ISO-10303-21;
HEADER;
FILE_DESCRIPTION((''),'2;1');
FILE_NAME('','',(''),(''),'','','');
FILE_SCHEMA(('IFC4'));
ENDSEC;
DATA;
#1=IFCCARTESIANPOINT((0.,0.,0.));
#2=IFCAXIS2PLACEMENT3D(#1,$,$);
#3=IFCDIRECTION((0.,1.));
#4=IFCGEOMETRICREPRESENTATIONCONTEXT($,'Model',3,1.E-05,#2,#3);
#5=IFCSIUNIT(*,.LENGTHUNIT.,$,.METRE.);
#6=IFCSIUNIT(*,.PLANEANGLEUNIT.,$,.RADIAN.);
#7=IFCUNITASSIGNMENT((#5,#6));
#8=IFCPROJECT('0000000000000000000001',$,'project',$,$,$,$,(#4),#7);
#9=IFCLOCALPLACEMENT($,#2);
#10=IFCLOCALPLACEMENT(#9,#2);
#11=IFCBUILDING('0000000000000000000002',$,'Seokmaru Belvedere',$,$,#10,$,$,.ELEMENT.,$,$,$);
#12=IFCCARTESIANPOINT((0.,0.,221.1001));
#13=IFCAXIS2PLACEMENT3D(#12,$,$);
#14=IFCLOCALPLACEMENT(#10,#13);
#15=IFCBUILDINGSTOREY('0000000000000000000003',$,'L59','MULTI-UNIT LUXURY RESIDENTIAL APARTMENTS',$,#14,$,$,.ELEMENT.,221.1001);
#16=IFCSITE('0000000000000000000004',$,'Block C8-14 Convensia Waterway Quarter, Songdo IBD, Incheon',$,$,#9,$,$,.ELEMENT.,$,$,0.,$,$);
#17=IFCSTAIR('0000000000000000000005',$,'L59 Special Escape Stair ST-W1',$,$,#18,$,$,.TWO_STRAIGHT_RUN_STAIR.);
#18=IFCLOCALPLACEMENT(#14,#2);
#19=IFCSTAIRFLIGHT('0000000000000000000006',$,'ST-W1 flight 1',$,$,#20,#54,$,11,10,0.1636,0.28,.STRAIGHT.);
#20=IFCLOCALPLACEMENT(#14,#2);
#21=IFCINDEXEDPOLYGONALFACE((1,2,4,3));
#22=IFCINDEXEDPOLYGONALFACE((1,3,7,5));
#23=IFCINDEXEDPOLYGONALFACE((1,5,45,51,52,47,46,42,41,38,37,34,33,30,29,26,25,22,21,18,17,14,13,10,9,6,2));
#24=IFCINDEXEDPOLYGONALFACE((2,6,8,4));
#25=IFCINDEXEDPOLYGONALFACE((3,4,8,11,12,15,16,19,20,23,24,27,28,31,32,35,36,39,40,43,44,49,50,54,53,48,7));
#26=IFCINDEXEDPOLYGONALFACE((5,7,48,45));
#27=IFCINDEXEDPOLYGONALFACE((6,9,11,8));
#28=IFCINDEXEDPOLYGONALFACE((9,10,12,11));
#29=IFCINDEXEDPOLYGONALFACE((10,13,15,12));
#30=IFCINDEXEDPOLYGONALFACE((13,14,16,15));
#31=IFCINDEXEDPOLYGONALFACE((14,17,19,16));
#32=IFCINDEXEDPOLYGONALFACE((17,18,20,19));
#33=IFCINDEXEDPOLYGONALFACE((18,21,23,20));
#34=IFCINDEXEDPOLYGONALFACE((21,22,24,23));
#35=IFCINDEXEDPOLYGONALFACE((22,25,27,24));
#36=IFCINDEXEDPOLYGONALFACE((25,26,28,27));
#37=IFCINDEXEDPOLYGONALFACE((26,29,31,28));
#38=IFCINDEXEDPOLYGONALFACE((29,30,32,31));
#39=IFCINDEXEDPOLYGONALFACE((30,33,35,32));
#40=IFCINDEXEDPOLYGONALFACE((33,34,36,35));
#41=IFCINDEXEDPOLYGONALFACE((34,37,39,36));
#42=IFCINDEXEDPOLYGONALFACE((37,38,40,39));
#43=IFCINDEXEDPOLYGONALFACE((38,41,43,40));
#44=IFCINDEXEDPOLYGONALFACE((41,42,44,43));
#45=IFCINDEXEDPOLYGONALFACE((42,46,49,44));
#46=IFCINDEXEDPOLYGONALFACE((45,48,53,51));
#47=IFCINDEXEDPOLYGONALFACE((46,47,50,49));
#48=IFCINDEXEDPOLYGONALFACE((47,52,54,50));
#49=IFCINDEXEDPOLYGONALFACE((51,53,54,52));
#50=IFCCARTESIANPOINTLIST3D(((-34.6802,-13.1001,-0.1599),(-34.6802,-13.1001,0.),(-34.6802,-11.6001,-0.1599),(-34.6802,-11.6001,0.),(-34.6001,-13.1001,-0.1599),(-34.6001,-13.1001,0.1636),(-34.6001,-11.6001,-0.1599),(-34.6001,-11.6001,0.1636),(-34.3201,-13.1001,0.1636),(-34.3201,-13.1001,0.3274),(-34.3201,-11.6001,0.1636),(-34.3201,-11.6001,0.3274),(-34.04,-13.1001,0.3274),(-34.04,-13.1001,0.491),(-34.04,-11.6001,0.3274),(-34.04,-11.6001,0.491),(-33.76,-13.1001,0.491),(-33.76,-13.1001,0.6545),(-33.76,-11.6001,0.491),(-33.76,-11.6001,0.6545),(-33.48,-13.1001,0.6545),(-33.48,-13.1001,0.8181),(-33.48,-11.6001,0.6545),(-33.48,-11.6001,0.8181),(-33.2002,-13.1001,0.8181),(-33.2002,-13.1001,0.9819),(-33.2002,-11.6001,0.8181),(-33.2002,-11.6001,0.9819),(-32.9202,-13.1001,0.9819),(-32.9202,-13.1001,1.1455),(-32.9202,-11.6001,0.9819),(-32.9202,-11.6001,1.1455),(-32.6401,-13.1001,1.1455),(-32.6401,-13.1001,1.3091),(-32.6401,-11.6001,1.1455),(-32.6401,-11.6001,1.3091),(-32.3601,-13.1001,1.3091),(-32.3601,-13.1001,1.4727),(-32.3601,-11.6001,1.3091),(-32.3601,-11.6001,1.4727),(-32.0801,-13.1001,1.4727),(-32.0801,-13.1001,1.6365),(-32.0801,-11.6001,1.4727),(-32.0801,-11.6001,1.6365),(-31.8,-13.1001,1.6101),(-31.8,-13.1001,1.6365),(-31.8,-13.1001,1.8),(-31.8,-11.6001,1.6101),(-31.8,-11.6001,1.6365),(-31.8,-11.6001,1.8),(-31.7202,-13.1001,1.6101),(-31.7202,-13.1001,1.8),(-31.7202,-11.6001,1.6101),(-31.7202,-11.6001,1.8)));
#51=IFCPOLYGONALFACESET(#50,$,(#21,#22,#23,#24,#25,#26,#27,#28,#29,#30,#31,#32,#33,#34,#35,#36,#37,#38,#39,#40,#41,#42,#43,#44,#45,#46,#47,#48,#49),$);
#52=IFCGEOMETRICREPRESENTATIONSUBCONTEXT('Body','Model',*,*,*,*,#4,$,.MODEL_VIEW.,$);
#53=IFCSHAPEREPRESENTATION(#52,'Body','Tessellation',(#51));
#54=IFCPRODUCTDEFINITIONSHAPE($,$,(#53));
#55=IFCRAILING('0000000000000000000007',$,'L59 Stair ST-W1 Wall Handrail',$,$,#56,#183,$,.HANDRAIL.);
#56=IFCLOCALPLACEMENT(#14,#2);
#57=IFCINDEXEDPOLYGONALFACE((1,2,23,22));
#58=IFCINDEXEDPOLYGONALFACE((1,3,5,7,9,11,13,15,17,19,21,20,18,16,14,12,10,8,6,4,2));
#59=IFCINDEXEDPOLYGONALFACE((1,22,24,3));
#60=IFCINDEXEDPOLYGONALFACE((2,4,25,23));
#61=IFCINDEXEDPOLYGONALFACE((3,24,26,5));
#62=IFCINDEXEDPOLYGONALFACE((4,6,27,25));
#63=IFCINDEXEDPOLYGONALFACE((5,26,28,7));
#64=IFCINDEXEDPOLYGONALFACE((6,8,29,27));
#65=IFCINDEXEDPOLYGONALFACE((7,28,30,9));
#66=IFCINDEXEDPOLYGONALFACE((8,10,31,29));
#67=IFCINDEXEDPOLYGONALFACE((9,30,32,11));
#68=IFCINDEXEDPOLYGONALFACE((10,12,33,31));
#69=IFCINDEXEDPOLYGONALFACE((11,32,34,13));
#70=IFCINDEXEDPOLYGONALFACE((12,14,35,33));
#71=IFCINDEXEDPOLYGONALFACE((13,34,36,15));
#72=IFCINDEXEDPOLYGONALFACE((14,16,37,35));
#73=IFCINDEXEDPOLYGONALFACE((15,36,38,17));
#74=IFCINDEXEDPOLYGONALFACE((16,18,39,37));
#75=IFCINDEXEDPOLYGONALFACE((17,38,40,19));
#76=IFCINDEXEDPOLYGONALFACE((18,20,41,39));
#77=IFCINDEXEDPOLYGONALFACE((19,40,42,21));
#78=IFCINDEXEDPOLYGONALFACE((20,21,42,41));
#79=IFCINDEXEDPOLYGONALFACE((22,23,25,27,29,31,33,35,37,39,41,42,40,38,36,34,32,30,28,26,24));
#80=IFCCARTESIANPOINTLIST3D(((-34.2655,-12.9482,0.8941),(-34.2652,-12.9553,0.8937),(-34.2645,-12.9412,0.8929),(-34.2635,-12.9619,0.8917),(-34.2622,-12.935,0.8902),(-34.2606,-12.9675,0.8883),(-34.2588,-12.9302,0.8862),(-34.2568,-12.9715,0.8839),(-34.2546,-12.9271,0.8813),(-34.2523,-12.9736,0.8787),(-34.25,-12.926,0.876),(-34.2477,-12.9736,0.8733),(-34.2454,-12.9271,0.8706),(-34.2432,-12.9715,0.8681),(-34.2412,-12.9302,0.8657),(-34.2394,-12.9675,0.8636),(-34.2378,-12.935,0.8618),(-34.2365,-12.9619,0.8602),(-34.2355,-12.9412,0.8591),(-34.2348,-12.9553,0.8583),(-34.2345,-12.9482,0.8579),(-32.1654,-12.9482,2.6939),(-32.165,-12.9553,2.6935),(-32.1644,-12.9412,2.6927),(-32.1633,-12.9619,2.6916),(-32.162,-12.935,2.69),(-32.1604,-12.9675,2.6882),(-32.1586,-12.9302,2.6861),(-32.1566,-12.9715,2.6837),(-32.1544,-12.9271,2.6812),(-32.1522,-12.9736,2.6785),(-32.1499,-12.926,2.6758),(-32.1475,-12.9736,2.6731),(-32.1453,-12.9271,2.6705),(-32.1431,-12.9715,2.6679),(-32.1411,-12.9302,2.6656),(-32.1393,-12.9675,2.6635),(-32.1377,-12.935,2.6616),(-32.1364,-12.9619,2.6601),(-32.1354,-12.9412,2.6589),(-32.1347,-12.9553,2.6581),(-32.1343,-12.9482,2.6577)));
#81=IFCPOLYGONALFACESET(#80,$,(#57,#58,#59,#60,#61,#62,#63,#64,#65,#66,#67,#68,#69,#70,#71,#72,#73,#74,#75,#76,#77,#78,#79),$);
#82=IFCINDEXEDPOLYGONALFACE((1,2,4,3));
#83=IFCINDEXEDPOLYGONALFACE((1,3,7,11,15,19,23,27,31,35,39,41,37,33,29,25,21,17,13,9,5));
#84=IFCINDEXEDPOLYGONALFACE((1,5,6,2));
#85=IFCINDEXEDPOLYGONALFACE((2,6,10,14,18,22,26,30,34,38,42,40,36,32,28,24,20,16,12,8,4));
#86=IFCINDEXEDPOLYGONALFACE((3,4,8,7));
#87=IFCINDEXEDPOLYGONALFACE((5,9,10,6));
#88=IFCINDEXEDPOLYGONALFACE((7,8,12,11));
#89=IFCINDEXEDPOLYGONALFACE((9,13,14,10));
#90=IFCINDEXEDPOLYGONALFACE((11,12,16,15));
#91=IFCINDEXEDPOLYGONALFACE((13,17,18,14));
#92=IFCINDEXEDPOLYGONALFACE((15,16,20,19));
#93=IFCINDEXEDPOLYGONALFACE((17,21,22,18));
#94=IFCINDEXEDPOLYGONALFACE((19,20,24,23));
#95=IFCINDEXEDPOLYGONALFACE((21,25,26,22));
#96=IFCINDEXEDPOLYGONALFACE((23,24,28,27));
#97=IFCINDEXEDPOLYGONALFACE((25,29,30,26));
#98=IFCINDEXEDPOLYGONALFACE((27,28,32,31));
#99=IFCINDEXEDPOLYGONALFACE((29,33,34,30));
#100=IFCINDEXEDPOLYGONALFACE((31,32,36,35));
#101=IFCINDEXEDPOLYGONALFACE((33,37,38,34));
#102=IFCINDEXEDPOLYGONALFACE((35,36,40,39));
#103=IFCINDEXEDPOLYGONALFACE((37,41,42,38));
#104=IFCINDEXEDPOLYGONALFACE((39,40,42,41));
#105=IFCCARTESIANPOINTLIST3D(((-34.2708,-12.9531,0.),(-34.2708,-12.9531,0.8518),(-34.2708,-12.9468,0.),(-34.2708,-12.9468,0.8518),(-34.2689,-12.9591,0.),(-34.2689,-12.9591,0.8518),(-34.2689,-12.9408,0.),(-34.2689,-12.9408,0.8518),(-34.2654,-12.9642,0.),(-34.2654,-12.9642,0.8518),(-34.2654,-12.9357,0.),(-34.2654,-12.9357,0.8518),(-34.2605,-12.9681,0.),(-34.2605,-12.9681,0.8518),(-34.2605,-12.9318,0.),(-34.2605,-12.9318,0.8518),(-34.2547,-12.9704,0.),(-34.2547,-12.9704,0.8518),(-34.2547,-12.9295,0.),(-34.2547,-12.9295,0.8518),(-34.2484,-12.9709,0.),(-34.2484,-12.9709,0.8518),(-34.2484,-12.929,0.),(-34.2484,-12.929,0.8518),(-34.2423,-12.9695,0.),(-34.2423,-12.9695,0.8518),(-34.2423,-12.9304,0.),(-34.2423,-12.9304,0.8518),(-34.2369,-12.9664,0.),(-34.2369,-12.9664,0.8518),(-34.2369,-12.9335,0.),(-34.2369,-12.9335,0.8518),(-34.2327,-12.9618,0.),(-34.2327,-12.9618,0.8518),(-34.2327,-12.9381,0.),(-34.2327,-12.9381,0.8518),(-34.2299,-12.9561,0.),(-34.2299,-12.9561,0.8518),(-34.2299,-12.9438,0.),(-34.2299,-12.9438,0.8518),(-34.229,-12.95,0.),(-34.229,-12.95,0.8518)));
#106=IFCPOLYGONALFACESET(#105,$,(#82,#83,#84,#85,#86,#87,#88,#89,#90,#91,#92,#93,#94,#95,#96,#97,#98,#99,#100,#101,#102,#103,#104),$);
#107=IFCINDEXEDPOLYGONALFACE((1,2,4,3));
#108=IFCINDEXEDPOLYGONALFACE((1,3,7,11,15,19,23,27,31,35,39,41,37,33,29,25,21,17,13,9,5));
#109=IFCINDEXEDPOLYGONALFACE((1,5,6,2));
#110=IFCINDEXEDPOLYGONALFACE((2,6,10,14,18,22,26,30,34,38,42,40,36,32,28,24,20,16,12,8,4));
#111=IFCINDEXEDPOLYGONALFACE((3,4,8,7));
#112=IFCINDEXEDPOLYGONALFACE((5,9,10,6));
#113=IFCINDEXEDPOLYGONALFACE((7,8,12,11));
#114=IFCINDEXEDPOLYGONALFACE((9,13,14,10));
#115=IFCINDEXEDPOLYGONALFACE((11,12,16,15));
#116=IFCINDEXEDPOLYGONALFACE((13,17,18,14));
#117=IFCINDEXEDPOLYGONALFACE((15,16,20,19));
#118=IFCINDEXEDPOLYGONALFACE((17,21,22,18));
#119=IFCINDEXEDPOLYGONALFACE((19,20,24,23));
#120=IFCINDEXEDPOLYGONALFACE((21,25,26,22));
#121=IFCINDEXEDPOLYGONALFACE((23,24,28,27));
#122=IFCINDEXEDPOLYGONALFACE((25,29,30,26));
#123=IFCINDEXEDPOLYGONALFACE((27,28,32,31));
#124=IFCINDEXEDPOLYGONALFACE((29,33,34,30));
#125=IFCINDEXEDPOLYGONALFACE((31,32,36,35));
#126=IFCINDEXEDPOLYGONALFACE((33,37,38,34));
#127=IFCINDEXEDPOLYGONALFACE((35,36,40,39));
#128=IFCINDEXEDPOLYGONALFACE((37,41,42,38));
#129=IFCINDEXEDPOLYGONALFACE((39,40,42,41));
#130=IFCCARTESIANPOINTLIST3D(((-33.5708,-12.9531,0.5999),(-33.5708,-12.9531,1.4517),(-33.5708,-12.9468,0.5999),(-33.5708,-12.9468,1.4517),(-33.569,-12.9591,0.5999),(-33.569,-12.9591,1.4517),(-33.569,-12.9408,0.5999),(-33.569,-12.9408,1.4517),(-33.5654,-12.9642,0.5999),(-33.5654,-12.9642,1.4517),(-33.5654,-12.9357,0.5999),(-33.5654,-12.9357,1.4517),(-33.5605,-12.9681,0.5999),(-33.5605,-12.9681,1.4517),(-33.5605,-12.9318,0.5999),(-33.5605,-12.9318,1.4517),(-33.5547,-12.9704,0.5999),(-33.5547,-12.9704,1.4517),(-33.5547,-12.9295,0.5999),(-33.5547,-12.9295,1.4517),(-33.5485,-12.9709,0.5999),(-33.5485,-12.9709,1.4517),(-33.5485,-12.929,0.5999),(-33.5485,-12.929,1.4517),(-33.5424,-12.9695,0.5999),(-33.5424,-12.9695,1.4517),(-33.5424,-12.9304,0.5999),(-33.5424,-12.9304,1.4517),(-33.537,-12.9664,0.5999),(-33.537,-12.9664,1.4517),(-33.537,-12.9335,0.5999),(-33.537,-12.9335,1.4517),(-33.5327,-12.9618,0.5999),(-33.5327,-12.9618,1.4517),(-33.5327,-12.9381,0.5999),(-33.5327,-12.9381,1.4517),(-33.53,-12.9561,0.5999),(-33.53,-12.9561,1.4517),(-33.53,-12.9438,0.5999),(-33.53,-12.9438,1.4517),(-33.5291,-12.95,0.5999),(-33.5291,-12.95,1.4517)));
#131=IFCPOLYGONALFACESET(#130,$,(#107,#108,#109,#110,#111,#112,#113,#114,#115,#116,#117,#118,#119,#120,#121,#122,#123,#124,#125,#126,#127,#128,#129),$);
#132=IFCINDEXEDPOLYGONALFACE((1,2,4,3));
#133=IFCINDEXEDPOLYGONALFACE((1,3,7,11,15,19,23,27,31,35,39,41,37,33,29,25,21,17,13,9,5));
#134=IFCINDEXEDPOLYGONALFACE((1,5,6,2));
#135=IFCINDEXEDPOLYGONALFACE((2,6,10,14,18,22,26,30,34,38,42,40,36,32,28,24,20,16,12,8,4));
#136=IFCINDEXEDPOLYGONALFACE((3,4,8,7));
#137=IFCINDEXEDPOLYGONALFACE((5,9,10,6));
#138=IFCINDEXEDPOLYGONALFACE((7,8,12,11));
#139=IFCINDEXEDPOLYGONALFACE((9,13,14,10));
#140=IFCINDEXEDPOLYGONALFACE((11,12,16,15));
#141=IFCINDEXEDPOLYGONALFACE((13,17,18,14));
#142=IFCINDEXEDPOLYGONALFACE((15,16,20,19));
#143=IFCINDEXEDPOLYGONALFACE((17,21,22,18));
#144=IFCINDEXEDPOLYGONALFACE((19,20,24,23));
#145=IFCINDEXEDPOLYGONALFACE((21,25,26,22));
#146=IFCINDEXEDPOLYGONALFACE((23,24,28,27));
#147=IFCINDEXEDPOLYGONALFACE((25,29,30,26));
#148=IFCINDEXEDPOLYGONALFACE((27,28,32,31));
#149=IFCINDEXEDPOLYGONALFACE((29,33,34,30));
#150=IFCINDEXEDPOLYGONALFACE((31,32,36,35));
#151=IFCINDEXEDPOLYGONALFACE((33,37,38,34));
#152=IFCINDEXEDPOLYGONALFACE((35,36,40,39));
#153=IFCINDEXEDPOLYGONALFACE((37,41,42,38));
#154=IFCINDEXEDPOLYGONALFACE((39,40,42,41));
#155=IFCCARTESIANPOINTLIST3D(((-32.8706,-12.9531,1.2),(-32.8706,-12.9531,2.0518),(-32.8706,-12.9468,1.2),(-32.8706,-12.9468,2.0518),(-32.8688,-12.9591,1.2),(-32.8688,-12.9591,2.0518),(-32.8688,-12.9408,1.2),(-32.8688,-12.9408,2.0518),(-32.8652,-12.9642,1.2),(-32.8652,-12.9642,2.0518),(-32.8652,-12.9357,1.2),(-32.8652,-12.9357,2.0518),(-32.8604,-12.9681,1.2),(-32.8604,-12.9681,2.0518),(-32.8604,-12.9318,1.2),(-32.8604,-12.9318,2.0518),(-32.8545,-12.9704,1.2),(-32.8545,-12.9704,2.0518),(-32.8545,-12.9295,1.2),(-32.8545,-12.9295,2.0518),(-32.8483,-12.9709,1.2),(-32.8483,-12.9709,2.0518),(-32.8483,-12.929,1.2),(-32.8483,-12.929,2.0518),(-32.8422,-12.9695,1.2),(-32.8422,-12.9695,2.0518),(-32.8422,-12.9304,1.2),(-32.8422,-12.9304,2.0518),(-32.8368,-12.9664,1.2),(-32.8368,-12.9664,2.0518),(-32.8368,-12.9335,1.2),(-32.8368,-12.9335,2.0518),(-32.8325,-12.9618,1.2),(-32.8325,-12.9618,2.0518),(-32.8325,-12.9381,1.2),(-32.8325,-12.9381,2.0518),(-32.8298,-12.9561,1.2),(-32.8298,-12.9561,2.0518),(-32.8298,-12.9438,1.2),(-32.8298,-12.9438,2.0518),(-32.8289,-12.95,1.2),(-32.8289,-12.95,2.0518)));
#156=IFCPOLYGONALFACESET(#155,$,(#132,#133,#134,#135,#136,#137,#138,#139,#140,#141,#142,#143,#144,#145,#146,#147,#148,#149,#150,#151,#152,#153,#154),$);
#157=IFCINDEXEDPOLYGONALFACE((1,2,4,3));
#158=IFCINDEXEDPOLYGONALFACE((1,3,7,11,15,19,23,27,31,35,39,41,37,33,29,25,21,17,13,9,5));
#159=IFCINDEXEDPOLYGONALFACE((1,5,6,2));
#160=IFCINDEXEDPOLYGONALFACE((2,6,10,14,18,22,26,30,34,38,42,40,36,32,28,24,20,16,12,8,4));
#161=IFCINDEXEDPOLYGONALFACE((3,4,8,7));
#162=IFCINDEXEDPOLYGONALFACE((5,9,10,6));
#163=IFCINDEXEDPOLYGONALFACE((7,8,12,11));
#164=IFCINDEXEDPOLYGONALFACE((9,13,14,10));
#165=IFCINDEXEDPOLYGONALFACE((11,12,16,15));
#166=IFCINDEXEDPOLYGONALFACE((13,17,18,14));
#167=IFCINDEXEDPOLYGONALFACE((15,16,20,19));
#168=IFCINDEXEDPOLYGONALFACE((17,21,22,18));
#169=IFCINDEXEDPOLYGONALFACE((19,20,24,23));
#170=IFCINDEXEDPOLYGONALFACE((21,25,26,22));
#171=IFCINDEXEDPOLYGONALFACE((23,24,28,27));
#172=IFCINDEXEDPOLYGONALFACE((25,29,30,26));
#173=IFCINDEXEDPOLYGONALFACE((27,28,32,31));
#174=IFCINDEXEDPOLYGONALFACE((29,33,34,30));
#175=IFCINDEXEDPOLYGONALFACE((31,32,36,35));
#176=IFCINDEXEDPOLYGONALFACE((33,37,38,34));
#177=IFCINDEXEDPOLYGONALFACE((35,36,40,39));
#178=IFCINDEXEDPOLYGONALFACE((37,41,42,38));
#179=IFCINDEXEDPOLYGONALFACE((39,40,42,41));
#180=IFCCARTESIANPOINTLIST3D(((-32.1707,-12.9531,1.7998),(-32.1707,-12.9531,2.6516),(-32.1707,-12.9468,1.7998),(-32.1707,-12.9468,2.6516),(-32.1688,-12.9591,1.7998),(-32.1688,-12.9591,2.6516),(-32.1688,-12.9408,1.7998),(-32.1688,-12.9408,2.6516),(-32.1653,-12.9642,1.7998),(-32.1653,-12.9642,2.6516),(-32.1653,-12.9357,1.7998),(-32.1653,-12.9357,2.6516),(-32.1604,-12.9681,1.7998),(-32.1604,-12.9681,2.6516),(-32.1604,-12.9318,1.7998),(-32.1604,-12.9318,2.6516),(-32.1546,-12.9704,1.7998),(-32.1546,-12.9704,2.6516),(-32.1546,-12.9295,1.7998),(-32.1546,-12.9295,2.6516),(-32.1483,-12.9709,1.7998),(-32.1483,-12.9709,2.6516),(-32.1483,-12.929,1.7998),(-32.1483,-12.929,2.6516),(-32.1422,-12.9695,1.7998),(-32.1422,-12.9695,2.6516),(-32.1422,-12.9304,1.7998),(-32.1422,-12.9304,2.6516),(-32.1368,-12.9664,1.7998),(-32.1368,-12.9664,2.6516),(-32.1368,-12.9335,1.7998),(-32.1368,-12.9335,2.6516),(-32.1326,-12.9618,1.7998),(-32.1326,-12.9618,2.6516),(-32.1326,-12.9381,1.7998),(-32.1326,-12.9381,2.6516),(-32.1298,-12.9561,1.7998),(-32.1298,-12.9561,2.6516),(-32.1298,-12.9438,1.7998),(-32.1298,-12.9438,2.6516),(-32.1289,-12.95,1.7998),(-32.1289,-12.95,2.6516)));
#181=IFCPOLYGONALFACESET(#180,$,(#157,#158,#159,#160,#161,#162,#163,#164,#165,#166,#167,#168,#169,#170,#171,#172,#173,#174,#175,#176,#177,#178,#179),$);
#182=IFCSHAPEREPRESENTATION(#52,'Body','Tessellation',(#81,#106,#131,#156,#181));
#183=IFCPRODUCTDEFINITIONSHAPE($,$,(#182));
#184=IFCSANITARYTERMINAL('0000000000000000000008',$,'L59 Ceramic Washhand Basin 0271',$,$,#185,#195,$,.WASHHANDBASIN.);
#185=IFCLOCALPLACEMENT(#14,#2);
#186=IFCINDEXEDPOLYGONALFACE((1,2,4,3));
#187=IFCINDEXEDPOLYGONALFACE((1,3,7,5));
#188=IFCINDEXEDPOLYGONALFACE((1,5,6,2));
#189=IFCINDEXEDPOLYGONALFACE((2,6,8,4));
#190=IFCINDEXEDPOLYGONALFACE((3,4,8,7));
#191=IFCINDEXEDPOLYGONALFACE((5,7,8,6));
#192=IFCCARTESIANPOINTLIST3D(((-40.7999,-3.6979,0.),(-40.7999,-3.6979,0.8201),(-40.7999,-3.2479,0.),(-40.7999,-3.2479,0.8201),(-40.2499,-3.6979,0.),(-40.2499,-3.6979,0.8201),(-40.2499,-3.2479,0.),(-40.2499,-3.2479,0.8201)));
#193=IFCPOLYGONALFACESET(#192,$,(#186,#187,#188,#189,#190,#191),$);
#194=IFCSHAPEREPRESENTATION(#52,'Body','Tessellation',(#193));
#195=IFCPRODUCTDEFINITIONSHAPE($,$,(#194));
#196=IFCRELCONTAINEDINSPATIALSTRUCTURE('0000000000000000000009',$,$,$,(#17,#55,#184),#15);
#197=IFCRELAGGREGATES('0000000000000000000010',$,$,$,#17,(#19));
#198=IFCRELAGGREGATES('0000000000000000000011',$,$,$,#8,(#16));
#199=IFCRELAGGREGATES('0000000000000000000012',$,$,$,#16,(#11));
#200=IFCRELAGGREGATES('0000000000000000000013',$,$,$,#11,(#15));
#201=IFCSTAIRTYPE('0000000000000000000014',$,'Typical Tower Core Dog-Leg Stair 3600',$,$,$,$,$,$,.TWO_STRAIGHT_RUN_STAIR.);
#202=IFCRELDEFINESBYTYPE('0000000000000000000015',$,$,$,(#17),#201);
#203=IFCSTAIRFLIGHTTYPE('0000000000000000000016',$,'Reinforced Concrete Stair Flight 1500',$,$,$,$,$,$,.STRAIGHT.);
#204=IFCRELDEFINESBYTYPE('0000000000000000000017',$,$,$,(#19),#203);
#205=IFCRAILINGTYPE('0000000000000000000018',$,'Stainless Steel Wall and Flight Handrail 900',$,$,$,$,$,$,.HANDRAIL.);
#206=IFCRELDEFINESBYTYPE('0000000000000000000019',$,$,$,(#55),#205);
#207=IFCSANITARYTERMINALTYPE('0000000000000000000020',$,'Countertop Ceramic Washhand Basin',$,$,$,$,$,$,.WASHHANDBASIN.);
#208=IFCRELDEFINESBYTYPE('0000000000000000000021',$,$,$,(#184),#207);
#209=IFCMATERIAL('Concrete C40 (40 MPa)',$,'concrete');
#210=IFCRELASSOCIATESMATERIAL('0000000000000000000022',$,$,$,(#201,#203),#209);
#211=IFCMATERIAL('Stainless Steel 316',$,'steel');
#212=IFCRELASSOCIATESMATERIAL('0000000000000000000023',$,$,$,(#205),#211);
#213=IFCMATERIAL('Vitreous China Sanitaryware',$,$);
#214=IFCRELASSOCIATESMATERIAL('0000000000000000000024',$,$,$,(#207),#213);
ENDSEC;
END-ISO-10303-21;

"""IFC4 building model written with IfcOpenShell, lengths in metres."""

from ifc_helpers import new_model, si_unit, direction, frame, origin, origin_2d, place, context, subcontext, project, spatial, polyline, rectangle, circle, outline, extrude, source, transform, mapped, material, type_object, type_shapes, element, aggregate, save


model = new_model("IFC4")

# Units and contexts
model_context = context("Model", 3, precision=1e-05, world=origin(), true_north=direction((0.0, 1.0)))
body_context = subcontext(model_context, "Body", "Model", "MODEL_VIEW")
ifc_project = project(units=[si_unit("LENGTHUNIT", "METRE"), si_unit("PLANEANGLEUNIT", "RADIAN")], contexts=[model_context])

# Site, building, storey
site_placement = place(None, origin())
site = spatial("IfcSite", under=ifc_project, at=site_placement, Name="Block C8-14 Convensia Waterway Quarter, Songdo IBD, Incheon", CompositionType="ELEMENT", RefElevation=0.0)
building_placement = place(site_placement, origin())
building = spatial("IfcBuilding", under=site, at=building_placement, Name="Seokmaru Belvedere", CompositionType="ELEMENT")
storey_placement = place(building_placement, frame((0.0, 0.0, 221.1001)))
storey = spatial("IfcBuildingStorey", under=building, at=storey_placement, Name="L59", Description="MULTI-UNIT LUXURY RESIDENTIAL APARTMENTS", CompositionType="ELEMENT", Elevation=221.1001)

# Stair, stair flight
ifc_material_1 = material(Name="Concrete C40 (40 MPa)", Category="concrete")
stair_type = type_object("IfcStairType", Name="Typical Tower Core Dog-Leg Stair 3600", PredefinedType="TWO_STRAIGHT_RUN_STAIR", material=ifc_material_1)
stair_placement = place(storey_placement, origin())
stair = element("IfcStair", 1, at=stair_placement, inside=storey, type_object=stair_type, Name="L59 Special Escape Stair ST-W1", PredefinedType="TWO_STRAIGHT_RUN_STAIR")
stair_flight_type = type_object("IfcStairFlightType", Name="Reinforced Concrete Stair Flight 1500", PredefinedType="STRAIGHT", material=ifc_material_1)
stair_flight_placement = place(storey_placement, frame((-34.6001, -12.3501, 0.0), z_axis=(0.0, 0.0, 1.0), x_axis=(1.0, 0.0, 0.0)))
stair_flight = element("IfcStairFlight", 2, at=stair_flight_placement, type_object=stair_flight_type, Name="ST-W1 flight 1", NumberOfRisers=11, NumberOfTreads=10, PredefinedType="STRAIGHT", RiserHeight=0.1636, TreadLength=0.28, context=body_context, shape_type="SweptSolid", body=[
    extrude(outline(polyline([(-0.0801, 0.0), (0.0, 0.1636), (0.28, 0.1636), (0.28, 0.3274), (0.5601, 0.3274), (0.5601, 0.491), (0.8401, 0.491), (0.8401, 0.6545), (1.1201, 0.6545), (1.1201, 0.8181), (1.3999, 0.8181), (1.3999, 0.9819), (1.6799, 0.9819), (1.6799, 1.1455), (1.96, 1.1455), (1.96, 1.3091), (2.24, 1.3091), (2.24, 1.4727), (2.52, 1.4727), (2.52, 1.6365), (2.8, 1.6365), (2.8, 1.8), (2.8799, 1.8), (2.8799, 1.6101), (2.8, 1.6101), (0.0, -0.1599), (-0.0801, -0.1599), (-0.0801, 0.0)])), frame((0.0, 0.75, 0.0), z_axis=(0.0, -1.0, 0.0), x_axis=(1.0, 0.0, 0.0)), (0.0, 0.0, 1.0), 1.5),
])
aggregate(stair, [stair_flight])

# Railing
ifc_material_2 = material(Name="Stainless Steel 316", Category="steel")
railing_type_1 = type_object("IfcRailingType", Name="Stainless Steel Wall and Flight Handrail 900", PredefinedType="HANDRAIL", material=ifc_material_2)
railing_1_placement = place(storey_placement, frame((-34.25, -12.95, 0.0)))
element("IfcRailing", 3, at=railing_1_placement, inside=storey, type_object=railing_type_1, Name="L59 Stair ST-W1 Wall Handrail", PredefinedType="HANDRAIL", context=body_context, shape_type="SweptSolid", body=[
    extrude(circle(Radius=0.0239, at=origin_2d()), frame((0.0, 0.0, 0.876), z_axis=(0.759306, 0.0, 0.650733), x_axis=(0.0, 1.0, 0.0)), (0.0, 0.0, 1.0), 2.7659),
    extrude(circle(Radius=0.021, at=origin_2d()), origin(), (0.0, 0.0, 1.0), 0.8518),
    extrude(circle(Radius=0.021, at=origin_2d()), frame((0.7, 0.0, 0.5999)), (0.0, 0.0, 1.0), 0.8518),
    extrude(circle(Radius=0.021, at=origin_2d()), frame((1.4001, 0.0, 1.2)), (0.0, 0.0, 1.0), 0.8518),
    extrude(circle(Radius=0.021, at=origin_2d()), frame((2.1001, 0.0, 1.7998)), (0.0, 0.0, 1.0), 0.8518),
])

# Sanitary terminal
ifc_material_3 = material(Name="Vitreous China Sanitaryware")
sanitary_terminal_type_1 = type_object("IfcSanitaryTerminalType", Name="Countertop Ceramic Washhand Basin", PredefinedType="WASHHANDBASIN", material=ifc_material_3)
shared_shape_1 = source(origin(), body_context, "Body", "SweptSolid", [
    extrude(rectangle(XDim=0.55, YDim=0.45, at=origin_2d()), origin(), (0.0, 0.0, 1.0), 0.8201),
])
type_shapes(sanitary_terminal_type_1, [shared_shape_1])
sanitary_terminal_1_placement = place(storey_placement, frame((-40.5249, -3.4729, 0.0), z_axis=(0.0, 0.0, 1.0), x_axis=(1.0, 0.0, 0.0)))
element("IfcSanitaryTerminal", 4, at=sanitary_terminal_1_placement, inside=storey, type_object=sanitary_terminal_type_1, Name="L59 Ceramic Washhand Basin 0271", PredefinedType="WASHHANDBASIN", context=body_context, shape_type="MappedRepresentation", body=[
    mapped(shared_shape_1, transform((0.0, 0.0, 0.0), scale=1.0)),
])

save(model, "model.ifc")
